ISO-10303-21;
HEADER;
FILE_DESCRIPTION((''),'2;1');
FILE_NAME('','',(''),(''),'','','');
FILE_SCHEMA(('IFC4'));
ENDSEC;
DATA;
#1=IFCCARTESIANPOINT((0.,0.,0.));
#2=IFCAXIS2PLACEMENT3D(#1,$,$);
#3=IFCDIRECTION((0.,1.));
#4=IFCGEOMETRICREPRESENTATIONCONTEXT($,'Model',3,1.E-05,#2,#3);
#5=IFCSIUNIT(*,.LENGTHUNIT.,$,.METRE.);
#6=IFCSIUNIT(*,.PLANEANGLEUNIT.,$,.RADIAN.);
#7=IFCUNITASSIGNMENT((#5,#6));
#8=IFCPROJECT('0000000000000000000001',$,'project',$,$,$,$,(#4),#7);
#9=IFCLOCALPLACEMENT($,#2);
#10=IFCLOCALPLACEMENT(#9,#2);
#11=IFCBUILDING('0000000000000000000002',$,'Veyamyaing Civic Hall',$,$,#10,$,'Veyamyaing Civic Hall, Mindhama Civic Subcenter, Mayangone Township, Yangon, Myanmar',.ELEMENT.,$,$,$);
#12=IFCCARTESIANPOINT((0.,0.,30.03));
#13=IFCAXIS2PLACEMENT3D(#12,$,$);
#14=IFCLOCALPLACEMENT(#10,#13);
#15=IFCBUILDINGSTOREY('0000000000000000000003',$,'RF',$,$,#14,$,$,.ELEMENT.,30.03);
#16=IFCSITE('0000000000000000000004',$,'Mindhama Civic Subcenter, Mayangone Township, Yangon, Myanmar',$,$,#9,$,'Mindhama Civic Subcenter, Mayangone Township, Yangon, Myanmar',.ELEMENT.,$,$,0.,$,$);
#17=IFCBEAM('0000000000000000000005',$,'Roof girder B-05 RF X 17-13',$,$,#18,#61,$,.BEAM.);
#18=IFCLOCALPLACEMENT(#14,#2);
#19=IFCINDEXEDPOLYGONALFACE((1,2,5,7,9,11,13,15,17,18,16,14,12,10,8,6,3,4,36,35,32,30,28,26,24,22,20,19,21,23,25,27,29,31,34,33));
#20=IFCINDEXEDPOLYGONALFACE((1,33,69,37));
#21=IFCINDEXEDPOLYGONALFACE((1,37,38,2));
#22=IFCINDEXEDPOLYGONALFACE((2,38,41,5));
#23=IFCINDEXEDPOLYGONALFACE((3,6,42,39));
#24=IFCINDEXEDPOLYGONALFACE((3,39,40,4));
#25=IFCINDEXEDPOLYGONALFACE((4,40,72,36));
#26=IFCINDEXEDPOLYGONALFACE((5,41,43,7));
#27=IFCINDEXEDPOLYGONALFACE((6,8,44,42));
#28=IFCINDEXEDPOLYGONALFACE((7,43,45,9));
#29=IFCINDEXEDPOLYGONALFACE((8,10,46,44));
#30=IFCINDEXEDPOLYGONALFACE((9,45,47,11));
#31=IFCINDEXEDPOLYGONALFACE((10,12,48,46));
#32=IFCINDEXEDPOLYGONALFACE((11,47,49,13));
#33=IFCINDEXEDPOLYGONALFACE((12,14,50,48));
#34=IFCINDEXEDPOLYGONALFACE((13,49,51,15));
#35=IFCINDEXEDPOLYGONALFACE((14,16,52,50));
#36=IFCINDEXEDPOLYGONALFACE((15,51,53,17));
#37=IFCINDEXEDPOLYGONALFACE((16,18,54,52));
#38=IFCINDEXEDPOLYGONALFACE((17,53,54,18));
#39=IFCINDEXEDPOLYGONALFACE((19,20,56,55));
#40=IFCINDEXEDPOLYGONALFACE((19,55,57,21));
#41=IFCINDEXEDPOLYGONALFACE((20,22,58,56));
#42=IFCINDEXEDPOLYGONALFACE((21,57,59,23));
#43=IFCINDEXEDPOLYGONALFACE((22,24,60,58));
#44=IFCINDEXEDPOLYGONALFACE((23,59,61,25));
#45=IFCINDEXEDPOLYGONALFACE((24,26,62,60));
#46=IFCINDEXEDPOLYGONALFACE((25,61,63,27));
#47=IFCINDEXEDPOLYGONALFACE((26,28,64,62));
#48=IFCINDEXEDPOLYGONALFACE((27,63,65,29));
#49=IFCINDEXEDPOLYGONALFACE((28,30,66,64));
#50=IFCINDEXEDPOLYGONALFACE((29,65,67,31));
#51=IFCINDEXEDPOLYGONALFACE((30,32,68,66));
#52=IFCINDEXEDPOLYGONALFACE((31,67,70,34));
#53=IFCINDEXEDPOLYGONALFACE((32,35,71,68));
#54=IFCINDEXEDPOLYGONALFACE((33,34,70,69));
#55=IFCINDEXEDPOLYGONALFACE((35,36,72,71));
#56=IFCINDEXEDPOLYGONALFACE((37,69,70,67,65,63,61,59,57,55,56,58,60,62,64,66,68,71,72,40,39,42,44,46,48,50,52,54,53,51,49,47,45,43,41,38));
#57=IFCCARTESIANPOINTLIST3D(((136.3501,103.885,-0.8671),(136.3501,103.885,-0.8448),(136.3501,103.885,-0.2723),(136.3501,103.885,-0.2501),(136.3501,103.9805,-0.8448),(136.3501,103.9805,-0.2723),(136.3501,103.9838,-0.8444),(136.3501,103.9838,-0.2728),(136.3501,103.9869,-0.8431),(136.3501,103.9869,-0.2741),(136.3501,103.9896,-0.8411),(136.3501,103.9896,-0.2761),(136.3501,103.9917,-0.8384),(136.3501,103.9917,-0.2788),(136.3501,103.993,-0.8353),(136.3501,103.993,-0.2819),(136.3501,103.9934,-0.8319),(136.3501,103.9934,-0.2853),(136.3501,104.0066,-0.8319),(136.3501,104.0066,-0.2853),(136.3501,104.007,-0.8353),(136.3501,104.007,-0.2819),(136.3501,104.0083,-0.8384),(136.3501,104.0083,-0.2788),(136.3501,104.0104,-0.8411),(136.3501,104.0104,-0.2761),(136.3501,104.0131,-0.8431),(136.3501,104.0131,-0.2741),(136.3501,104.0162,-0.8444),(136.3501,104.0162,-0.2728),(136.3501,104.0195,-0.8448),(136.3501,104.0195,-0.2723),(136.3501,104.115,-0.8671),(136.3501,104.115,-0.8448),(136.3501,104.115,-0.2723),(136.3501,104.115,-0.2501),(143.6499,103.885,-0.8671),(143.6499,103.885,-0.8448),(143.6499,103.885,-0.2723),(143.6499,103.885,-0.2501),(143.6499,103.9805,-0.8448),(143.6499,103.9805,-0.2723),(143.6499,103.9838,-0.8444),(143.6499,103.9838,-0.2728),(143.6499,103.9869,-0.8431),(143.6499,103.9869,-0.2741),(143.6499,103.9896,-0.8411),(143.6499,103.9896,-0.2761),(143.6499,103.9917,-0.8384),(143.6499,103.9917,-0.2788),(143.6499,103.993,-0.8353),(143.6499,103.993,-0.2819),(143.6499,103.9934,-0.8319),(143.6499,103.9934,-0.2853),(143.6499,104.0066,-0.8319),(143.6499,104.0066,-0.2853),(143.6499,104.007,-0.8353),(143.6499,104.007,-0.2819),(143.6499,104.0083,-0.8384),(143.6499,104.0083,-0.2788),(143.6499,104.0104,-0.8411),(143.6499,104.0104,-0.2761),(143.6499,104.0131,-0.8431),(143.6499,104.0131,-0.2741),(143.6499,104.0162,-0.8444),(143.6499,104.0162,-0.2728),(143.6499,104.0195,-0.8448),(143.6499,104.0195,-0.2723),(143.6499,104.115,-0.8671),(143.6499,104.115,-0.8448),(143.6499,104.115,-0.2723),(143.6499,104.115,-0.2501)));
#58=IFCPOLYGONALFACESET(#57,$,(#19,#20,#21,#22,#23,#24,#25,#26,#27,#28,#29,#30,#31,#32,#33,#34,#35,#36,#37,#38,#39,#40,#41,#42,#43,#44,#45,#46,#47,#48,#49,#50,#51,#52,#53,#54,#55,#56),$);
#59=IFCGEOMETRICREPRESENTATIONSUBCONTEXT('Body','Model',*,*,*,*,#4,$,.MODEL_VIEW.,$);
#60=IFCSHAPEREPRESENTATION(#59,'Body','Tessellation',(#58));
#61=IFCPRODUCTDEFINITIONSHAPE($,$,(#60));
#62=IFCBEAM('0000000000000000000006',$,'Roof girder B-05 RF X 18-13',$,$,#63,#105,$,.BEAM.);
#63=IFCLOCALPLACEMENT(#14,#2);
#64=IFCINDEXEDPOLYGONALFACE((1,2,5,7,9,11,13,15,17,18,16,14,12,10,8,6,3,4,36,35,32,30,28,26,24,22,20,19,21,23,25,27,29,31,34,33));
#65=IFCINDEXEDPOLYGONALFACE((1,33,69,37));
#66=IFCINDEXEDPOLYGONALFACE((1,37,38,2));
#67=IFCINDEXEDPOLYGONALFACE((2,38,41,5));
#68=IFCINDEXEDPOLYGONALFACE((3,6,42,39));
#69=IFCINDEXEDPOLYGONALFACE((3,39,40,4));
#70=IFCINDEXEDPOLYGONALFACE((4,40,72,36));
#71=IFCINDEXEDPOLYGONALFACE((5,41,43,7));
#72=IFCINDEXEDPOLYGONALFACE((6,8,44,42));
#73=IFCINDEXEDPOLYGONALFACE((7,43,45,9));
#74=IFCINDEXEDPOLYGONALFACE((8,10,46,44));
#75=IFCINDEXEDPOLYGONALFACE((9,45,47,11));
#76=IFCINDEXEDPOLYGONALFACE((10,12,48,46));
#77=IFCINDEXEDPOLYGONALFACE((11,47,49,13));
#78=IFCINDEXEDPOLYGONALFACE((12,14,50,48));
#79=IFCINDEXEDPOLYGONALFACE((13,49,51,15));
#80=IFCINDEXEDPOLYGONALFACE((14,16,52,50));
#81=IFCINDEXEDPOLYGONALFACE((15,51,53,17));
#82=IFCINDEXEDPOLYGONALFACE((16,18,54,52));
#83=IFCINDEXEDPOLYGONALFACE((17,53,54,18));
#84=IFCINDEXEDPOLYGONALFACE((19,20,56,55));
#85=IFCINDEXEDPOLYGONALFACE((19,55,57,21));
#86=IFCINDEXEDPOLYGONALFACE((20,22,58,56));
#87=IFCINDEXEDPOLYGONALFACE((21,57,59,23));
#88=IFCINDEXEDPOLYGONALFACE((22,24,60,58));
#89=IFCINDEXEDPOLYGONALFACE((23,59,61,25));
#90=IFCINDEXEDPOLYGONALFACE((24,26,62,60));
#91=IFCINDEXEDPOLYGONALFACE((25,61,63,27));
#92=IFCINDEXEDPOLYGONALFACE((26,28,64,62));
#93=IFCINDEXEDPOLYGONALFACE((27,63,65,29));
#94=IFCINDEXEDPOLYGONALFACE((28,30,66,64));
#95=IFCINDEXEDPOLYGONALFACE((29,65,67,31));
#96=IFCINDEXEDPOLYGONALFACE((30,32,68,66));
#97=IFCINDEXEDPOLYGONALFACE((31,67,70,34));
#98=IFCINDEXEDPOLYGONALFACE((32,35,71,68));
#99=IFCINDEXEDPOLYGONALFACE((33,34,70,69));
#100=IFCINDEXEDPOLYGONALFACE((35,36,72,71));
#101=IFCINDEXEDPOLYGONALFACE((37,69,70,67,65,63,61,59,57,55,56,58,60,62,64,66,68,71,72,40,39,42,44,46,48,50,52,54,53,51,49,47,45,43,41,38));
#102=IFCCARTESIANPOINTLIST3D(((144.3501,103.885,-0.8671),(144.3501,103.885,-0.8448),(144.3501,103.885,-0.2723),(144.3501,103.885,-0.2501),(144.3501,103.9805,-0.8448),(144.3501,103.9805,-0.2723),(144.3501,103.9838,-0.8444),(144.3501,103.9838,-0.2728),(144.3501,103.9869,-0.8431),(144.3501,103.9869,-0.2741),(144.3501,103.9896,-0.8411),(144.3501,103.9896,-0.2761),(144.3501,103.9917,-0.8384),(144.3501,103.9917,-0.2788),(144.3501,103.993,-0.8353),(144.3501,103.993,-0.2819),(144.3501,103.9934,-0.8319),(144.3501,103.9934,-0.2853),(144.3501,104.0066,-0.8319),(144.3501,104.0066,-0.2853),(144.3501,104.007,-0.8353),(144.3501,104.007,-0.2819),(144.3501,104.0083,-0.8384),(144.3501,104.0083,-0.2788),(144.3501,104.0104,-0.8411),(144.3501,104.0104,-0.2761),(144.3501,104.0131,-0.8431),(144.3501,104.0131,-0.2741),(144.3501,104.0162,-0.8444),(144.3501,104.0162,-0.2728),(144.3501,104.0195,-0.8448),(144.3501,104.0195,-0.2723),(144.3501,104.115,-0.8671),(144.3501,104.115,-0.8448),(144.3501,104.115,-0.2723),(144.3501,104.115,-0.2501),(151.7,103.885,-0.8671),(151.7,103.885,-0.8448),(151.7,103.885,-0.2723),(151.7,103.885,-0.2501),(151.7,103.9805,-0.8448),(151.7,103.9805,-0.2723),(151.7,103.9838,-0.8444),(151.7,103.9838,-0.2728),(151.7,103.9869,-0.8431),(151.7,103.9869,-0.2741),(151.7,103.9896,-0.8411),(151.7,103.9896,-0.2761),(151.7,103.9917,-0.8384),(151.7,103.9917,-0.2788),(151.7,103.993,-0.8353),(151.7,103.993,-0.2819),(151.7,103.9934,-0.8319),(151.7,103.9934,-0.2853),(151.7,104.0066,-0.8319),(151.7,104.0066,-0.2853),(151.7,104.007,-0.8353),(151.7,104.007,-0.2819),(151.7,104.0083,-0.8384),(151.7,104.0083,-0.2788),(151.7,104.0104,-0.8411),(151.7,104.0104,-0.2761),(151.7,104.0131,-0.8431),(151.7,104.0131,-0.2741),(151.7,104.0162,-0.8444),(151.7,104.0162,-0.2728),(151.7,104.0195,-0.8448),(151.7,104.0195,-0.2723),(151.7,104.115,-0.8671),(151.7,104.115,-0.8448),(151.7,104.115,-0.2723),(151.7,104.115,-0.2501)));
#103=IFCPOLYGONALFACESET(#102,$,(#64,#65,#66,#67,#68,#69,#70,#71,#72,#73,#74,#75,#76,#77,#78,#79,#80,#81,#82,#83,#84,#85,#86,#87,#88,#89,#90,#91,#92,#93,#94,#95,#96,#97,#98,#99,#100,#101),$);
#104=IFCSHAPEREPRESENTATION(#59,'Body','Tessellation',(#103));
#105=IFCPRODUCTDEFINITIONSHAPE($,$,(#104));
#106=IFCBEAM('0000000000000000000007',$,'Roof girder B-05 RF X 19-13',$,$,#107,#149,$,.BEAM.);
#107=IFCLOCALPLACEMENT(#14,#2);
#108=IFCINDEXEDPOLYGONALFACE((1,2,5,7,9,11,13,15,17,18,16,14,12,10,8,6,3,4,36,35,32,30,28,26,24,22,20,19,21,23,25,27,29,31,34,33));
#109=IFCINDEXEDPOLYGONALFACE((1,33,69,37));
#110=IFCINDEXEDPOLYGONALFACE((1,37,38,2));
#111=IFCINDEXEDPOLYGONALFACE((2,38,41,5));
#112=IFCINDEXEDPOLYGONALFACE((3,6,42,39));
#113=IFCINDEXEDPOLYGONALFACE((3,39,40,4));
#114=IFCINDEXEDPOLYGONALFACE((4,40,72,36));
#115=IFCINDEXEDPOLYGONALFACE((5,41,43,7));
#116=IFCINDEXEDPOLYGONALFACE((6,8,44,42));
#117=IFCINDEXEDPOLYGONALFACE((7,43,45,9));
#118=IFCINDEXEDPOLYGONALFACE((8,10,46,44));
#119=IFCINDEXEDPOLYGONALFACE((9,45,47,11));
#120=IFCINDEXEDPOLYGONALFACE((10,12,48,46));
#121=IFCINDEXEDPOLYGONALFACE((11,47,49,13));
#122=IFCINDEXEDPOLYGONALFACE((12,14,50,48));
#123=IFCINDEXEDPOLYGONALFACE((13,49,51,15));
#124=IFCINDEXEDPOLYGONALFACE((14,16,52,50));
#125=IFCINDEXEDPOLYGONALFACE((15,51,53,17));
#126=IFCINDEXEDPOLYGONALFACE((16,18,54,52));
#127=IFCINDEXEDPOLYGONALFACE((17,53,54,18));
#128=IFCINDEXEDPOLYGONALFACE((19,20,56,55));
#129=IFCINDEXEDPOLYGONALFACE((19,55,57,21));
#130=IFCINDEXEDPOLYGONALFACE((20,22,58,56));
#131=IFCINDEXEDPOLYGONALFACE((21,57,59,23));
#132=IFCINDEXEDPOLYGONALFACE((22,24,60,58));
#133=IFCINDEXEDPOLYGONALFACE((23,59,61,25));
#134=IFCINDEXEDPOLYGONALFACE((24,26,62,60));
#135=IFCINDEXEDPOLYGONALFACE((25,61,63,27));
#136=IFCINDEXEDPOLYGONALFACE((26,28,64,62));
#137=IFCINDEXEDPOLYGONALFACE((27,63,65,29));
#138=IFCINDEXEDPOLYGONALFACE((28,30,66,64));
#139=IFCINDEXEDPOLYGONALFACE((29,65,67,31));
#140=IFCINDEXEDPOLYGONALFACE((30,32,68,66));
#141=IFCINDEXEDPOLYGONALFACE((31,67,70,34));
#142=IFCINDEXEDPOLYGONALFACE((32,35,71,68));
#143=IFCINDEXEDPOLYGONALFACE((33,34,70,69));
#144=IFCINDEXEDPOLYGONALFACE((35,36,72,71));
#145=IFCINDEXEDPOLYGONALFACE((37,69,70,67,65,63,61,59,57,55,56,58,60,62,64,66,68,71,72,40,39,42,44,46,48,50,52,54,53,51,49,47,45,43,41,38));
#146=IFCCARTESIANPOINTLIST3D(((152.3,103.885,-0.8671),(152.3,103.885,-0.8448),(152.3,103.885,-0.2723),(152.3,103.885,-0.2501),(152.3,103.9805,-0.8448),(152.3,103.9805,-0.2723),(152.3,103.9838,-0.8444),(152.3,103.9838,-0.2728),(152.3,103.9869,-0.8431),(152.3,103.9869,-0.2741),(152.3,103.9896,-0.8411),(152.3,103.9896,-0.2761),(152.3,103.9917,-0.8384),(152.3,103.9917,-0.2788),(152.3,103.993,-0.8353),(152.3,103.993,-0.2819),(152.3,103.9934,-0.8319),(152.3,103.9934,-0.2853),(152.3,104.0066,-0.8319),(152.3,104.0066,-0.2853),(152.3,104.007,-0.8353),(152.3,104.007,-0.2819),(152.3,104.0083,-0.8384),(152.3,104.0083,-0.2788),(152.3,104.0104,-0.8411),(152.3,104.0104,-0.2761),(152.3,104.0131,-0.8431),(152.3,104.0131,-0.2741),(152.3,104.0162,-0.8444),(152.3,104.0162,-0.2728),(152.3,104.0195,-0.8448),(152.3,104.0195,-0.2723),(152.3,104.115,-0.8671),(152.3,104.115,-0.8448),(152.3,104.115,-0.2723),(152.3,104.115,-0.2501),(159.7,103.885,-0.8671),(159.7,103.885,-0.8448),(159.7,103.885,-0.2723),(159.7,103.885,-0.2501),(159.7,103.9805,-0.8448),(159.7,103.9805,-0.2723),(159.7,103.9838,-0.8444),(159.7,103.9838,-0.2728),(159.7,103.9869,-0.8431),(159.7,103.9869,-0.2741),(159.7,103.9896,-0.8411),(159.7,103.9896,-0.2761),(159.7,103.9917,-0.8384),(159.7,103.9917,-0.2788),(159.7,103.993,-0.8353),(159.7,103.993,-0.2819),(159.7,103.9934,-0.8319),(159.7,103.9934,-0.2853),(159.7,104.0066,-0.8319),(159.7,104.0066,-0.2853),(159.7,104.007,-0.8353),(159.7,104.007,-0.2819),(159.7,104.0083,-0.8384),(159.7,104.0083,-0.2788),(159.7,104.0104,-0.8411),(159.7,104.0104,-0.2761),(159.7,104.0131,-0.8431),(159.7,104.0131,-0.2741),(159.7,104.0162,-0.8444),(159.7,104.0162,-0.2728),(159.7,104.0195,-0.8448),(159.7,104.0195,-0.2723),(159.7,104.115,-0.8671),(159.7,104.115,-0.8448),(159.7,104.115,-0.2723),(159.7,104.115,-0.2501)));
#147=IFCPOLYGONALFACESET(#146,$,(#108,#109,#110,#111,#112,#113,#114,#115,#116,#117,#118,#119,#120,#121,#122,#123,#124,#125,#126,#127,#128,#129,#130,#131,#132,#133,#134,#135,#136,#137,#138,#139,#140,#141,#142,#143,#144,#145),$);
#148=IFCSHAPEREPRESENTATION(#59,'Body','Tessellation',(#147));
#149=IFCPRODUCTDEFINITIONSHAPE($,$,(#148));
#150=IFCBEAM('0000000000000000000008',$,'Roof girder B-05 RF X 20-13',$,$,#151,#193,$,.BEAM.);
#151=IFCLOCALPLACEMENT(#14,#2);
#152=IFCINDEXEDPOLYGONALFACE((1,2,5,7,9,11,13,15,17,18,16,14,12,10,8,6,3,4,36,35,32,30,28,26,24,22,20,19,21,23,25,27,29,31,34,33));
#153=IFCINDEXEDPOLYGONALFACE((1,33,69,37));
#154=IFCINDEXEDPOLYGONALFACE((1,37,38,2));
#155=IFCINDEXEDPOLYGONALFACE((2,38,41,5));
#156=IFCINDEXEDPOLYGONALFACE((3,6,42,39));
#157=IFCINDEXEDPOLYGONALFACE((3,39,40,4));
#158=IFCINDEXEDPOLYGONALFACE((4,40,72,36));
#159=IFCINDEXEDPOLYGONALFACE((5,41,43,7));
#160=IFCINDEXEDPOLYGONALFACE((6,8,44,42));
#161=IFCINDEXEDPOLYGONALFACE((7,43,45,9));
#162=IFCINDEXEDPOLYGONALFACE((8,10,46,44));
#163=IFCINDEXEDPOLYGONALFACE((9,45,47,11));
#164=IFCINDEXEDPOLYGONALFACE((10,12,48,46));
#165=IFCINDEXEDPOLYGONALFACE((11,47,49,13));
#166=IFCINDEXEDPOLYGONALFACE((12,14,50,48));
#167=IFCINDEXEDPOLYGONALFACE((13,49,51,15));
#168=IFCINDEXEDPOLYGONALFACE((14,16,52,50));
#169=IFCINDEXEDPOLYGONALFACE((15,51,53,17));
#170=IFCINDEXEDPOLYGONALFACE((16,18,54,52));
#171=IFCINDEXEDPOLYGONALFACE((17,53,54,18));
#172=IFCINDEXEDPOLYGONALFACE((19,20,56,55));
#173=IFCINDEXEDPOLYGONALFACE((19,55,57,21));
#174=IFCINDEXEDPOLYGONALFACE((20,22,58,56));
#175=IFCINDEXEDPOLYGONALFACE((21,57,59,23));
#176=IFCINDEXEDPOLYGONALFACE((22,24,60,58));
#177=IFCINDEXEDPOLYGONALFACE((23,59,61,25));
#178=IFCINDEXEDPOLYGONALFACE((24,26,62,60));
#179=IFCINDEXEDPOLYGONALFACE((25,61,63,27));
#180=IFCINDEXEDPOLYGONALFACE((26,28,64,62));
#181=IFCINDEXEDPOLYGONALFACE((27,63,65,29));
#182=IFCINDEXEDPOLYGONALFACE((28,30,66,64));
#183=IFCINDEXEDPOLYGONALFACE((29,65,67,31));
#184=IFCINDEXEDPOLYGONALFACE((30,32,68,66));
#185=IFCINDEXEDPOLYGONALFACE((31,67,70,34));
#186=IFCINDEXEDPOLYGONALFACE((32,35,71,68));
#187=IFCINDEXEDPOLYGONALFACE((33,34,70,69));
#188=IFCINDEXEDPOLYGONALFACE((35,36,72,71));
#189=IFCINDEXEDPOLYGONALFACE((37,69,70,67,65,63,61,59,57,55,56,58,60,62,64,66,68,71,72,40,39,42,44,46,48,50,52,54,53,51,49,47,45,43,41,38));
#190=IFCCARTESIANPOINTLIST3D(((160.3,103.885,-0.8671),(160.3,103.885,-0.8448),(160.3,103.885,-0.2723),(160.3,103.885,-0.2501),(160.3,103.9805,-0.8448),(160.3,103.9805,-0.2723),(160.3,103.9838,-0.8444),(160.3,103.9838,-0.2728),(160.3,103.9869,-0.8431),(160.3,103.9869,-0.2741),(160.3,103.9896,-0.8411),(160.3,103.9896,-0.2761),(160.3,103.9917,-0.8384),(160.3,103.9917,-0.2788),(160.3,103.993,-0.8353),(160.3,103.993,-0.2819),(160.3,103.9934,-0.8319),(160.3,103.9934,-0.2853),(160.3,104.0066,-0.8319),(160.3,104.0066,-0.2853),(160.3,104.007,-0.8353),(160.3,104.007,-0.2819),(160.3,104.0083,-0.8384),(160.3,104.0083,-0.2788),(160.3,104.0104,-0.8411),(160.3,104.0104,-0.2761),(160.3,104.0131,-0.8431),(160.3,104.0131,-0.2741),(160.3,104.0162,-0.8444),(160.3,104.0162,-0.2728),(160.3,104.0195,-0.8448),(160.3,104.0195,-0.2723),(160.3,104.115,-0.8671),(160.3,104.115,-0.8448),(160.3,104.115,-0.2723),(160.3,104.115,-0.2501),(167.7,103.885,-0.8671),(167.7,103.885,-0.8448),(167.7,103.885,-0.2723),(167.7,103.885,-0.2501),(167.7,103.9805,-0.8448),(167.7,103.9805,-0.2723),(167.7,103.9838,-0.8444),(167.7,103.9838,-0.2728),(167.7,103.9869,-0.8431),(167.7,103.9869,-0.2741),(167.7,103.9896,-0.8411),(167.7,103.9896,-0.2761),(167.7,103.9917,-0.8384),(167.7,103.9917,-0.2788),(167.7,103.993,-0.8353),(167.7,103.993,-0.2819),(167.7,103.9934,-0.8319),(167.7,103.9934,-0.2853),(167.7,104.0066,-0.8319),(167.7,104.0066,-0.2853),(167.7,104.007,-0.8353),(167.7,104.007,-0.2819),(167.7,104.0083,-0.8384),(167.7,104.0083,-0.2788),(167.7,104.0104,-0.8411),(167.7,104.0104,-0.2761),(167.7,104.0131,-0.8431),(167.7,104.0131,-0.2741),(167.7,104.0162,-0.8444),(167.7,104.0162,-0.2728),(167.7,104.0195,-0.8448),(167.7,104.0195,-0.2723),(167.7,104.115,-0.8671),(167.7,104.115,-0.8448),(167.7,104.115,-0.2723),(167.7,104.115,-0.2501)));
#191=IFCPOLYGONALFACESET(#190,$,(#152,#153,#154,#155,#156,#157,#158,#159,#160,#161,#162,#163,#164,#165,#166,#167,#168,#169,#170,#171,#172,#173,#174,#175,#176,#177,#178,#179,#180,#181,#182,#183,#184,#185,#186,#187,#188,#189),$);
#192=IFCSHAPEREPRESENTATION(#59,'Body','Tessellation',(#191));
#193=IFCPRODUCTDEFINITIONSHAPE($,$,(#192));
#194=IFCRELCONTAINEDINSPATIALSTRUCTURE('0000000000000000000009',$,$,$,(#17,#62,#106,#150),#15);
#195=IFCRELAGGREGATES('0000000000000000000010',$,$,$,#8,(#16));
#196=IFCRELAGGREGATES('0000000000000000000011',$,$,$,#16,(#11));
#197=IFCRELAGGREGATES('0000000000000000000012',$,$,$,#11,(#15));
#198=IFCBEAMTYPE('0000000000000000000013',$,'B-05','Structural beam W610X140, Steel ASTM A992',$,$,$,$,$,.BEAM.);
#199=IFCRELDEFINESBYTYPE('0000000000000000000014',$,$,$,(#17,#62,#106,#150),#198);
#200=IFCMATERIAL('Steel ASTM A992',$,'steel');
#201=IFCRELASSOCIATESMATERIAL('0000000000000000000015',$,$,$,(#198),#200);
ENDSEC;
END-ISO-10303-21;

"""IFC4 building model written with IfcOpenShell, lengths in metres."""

from ifc_helpers import new_model, si_unit, direction, frame, origin, origin_2d, place, context, subcontext, project, spatial, i_section, extrude, material, material_profile, profile_set, type_object, element, save


model = new_model("IFC4")

# Units and contexts
model_context = context("Model", 3, precision=1e-05, world=origin(), true_north=direction((0.0, 1.0)))
body_context = subcontext(model_context, "Body", "Model", "MODEL_VIEW")
ifc_project = project(units=[si_unit("LENGTHUNIT", "METRE"), si_unit("PLANEANGLEUNIT", "RADIAN")], contexts=[model_context])

# Site, building, storey
site_placement = place(None, origin())
site = spatial("IfcSite", under=ifc_project, at=site_placement, Name="Mindhama Civic Subcenter, Mayangone Township, Yangon, Myanmar", LongName="Mindhama Civic Subcenter, Mayangone Township, Yangon, Myanmar", CompositionType="ELEMENT", RefElevation=0.0)
building_placement = place(site_placement, origin())
building = spatial("IfcBuilding", under=site, at=building_placement, Name="Veyamyaing Civic Hall", LongName="Veyamyaing Civic Hall, Mindhama Civic Subcenter, Mayangone Township, Yangon, Myanmar", CompositionType="ELEMENT")
storey_placement = place(building_placement, frame((0.0, 0.0, 30.03)))
storey = spatial("IfcBuildingStorey", under=building, at=storey_placement, Name="RF", CompositionType="ELEMENT", Elevation=30.03)

# Beams
ifc_material_1 = material(Name="Steel ASTM A992", Category="steel")
ifc_material_profile_1 = material_profile(ifc_material_1, i_section(OverallWidth=0.23, OverallDepth=0.6169, WebThickness=0.0132, FlangeThickness=0.0222, FilletRadius=0.0129, at=origin_2d()), Name="W610X140")
ifc_profile_set_1 = profile_set([ifc_material_profile_1], Name="Steel ASTM A992")
beam_type_1 = type_object("IfcBeamType", Name="B-05", Description="Structural beam W610X140, Steel ASTM A992", PredefinedType="BEAM", material=ifc_profile_set_1)
for number, where, z_axis, x_axis, name in (
    (1, (136.3501, 104.0, -0.5586), (1.0, 0.0, 0.0), (0.0, 1.0, 0.0), "Roof girder B-05 RF X 17-13"),
):
    element("IfcBeam", number, at=place(storey_placement, frame(where, z_axis=z_axis, x_axis=x_axis)), inside=storey, type_object=beam_type_1, Name=name, PredefinedType="BEAM", context=body_context, shape_type="SweptSolid", body=[
        extrude(i_section(OverallWidth=0.23, OverallDepth=0.6169, WebThickness=0.0132, FlangeThickness=0.0222, FilletRadius=0.0129, at=origin_2d()), origin(), (0.0, 0.0, 1.0), 7.2998),
    ])
beam_1_placement = place(storey_placement, frame((144.3501, 104.0, -0.5586), z_axis=(1.0, 0.0, 0.0), x_axis=(0.0, 1.0, 0.0)))
element("IfcBeam", 2, at=beam_1_placement, inside=storey, type_object=beam_type_1, Name="Roof girder B-05 RF X 18-13", PredefinedType="BEAM", context=body_context, shape_type="SweptSolid", body=[
    extrude(i_section(OverallWidth=0.23, OverallDepth=0.6169, WebThickness=0.0132, FlangeThickness=0.0222, FilletRadius=0.0129, at=origin_2d()), origin(), (0.0, 0.0, 1.0), 7.3499),
])
for number, where, z_axis, x_axis, name in (
    (3, (152.3, 104.0, -0.5586), (1.0, 0.0, 0.0), (0.0, 1.0, 0.0), "Roof girder B-05 RF X 19-13"),
    (4, (160.3, 104.0, -0.5586), (1.0, 0.0, 0.0), (0.0, 1.0, 0.0), "Roof girder B-05 RF X 20-13"),
):
    element("IfcBeam", number, at=place(storey_placement, frame(where, z_axis=z_axis, x_axis=x_axis)), inside=storey, type_object=beam_type_1, Name=name, PredefinedType="BEAM", context=body_context, shape_type="SweptSolid", body=[
        extrude(i_section(OverallWidth=0.23, OverallDepth=0.6169, WebThickness=0.0132, FlangeThickness=0.0222, FilletRadius=0.0129, at=origin_2d()), origin(), (0.0, 0.0, 1.0), 7.3999),
    ])

save(model, "model.ifc")
